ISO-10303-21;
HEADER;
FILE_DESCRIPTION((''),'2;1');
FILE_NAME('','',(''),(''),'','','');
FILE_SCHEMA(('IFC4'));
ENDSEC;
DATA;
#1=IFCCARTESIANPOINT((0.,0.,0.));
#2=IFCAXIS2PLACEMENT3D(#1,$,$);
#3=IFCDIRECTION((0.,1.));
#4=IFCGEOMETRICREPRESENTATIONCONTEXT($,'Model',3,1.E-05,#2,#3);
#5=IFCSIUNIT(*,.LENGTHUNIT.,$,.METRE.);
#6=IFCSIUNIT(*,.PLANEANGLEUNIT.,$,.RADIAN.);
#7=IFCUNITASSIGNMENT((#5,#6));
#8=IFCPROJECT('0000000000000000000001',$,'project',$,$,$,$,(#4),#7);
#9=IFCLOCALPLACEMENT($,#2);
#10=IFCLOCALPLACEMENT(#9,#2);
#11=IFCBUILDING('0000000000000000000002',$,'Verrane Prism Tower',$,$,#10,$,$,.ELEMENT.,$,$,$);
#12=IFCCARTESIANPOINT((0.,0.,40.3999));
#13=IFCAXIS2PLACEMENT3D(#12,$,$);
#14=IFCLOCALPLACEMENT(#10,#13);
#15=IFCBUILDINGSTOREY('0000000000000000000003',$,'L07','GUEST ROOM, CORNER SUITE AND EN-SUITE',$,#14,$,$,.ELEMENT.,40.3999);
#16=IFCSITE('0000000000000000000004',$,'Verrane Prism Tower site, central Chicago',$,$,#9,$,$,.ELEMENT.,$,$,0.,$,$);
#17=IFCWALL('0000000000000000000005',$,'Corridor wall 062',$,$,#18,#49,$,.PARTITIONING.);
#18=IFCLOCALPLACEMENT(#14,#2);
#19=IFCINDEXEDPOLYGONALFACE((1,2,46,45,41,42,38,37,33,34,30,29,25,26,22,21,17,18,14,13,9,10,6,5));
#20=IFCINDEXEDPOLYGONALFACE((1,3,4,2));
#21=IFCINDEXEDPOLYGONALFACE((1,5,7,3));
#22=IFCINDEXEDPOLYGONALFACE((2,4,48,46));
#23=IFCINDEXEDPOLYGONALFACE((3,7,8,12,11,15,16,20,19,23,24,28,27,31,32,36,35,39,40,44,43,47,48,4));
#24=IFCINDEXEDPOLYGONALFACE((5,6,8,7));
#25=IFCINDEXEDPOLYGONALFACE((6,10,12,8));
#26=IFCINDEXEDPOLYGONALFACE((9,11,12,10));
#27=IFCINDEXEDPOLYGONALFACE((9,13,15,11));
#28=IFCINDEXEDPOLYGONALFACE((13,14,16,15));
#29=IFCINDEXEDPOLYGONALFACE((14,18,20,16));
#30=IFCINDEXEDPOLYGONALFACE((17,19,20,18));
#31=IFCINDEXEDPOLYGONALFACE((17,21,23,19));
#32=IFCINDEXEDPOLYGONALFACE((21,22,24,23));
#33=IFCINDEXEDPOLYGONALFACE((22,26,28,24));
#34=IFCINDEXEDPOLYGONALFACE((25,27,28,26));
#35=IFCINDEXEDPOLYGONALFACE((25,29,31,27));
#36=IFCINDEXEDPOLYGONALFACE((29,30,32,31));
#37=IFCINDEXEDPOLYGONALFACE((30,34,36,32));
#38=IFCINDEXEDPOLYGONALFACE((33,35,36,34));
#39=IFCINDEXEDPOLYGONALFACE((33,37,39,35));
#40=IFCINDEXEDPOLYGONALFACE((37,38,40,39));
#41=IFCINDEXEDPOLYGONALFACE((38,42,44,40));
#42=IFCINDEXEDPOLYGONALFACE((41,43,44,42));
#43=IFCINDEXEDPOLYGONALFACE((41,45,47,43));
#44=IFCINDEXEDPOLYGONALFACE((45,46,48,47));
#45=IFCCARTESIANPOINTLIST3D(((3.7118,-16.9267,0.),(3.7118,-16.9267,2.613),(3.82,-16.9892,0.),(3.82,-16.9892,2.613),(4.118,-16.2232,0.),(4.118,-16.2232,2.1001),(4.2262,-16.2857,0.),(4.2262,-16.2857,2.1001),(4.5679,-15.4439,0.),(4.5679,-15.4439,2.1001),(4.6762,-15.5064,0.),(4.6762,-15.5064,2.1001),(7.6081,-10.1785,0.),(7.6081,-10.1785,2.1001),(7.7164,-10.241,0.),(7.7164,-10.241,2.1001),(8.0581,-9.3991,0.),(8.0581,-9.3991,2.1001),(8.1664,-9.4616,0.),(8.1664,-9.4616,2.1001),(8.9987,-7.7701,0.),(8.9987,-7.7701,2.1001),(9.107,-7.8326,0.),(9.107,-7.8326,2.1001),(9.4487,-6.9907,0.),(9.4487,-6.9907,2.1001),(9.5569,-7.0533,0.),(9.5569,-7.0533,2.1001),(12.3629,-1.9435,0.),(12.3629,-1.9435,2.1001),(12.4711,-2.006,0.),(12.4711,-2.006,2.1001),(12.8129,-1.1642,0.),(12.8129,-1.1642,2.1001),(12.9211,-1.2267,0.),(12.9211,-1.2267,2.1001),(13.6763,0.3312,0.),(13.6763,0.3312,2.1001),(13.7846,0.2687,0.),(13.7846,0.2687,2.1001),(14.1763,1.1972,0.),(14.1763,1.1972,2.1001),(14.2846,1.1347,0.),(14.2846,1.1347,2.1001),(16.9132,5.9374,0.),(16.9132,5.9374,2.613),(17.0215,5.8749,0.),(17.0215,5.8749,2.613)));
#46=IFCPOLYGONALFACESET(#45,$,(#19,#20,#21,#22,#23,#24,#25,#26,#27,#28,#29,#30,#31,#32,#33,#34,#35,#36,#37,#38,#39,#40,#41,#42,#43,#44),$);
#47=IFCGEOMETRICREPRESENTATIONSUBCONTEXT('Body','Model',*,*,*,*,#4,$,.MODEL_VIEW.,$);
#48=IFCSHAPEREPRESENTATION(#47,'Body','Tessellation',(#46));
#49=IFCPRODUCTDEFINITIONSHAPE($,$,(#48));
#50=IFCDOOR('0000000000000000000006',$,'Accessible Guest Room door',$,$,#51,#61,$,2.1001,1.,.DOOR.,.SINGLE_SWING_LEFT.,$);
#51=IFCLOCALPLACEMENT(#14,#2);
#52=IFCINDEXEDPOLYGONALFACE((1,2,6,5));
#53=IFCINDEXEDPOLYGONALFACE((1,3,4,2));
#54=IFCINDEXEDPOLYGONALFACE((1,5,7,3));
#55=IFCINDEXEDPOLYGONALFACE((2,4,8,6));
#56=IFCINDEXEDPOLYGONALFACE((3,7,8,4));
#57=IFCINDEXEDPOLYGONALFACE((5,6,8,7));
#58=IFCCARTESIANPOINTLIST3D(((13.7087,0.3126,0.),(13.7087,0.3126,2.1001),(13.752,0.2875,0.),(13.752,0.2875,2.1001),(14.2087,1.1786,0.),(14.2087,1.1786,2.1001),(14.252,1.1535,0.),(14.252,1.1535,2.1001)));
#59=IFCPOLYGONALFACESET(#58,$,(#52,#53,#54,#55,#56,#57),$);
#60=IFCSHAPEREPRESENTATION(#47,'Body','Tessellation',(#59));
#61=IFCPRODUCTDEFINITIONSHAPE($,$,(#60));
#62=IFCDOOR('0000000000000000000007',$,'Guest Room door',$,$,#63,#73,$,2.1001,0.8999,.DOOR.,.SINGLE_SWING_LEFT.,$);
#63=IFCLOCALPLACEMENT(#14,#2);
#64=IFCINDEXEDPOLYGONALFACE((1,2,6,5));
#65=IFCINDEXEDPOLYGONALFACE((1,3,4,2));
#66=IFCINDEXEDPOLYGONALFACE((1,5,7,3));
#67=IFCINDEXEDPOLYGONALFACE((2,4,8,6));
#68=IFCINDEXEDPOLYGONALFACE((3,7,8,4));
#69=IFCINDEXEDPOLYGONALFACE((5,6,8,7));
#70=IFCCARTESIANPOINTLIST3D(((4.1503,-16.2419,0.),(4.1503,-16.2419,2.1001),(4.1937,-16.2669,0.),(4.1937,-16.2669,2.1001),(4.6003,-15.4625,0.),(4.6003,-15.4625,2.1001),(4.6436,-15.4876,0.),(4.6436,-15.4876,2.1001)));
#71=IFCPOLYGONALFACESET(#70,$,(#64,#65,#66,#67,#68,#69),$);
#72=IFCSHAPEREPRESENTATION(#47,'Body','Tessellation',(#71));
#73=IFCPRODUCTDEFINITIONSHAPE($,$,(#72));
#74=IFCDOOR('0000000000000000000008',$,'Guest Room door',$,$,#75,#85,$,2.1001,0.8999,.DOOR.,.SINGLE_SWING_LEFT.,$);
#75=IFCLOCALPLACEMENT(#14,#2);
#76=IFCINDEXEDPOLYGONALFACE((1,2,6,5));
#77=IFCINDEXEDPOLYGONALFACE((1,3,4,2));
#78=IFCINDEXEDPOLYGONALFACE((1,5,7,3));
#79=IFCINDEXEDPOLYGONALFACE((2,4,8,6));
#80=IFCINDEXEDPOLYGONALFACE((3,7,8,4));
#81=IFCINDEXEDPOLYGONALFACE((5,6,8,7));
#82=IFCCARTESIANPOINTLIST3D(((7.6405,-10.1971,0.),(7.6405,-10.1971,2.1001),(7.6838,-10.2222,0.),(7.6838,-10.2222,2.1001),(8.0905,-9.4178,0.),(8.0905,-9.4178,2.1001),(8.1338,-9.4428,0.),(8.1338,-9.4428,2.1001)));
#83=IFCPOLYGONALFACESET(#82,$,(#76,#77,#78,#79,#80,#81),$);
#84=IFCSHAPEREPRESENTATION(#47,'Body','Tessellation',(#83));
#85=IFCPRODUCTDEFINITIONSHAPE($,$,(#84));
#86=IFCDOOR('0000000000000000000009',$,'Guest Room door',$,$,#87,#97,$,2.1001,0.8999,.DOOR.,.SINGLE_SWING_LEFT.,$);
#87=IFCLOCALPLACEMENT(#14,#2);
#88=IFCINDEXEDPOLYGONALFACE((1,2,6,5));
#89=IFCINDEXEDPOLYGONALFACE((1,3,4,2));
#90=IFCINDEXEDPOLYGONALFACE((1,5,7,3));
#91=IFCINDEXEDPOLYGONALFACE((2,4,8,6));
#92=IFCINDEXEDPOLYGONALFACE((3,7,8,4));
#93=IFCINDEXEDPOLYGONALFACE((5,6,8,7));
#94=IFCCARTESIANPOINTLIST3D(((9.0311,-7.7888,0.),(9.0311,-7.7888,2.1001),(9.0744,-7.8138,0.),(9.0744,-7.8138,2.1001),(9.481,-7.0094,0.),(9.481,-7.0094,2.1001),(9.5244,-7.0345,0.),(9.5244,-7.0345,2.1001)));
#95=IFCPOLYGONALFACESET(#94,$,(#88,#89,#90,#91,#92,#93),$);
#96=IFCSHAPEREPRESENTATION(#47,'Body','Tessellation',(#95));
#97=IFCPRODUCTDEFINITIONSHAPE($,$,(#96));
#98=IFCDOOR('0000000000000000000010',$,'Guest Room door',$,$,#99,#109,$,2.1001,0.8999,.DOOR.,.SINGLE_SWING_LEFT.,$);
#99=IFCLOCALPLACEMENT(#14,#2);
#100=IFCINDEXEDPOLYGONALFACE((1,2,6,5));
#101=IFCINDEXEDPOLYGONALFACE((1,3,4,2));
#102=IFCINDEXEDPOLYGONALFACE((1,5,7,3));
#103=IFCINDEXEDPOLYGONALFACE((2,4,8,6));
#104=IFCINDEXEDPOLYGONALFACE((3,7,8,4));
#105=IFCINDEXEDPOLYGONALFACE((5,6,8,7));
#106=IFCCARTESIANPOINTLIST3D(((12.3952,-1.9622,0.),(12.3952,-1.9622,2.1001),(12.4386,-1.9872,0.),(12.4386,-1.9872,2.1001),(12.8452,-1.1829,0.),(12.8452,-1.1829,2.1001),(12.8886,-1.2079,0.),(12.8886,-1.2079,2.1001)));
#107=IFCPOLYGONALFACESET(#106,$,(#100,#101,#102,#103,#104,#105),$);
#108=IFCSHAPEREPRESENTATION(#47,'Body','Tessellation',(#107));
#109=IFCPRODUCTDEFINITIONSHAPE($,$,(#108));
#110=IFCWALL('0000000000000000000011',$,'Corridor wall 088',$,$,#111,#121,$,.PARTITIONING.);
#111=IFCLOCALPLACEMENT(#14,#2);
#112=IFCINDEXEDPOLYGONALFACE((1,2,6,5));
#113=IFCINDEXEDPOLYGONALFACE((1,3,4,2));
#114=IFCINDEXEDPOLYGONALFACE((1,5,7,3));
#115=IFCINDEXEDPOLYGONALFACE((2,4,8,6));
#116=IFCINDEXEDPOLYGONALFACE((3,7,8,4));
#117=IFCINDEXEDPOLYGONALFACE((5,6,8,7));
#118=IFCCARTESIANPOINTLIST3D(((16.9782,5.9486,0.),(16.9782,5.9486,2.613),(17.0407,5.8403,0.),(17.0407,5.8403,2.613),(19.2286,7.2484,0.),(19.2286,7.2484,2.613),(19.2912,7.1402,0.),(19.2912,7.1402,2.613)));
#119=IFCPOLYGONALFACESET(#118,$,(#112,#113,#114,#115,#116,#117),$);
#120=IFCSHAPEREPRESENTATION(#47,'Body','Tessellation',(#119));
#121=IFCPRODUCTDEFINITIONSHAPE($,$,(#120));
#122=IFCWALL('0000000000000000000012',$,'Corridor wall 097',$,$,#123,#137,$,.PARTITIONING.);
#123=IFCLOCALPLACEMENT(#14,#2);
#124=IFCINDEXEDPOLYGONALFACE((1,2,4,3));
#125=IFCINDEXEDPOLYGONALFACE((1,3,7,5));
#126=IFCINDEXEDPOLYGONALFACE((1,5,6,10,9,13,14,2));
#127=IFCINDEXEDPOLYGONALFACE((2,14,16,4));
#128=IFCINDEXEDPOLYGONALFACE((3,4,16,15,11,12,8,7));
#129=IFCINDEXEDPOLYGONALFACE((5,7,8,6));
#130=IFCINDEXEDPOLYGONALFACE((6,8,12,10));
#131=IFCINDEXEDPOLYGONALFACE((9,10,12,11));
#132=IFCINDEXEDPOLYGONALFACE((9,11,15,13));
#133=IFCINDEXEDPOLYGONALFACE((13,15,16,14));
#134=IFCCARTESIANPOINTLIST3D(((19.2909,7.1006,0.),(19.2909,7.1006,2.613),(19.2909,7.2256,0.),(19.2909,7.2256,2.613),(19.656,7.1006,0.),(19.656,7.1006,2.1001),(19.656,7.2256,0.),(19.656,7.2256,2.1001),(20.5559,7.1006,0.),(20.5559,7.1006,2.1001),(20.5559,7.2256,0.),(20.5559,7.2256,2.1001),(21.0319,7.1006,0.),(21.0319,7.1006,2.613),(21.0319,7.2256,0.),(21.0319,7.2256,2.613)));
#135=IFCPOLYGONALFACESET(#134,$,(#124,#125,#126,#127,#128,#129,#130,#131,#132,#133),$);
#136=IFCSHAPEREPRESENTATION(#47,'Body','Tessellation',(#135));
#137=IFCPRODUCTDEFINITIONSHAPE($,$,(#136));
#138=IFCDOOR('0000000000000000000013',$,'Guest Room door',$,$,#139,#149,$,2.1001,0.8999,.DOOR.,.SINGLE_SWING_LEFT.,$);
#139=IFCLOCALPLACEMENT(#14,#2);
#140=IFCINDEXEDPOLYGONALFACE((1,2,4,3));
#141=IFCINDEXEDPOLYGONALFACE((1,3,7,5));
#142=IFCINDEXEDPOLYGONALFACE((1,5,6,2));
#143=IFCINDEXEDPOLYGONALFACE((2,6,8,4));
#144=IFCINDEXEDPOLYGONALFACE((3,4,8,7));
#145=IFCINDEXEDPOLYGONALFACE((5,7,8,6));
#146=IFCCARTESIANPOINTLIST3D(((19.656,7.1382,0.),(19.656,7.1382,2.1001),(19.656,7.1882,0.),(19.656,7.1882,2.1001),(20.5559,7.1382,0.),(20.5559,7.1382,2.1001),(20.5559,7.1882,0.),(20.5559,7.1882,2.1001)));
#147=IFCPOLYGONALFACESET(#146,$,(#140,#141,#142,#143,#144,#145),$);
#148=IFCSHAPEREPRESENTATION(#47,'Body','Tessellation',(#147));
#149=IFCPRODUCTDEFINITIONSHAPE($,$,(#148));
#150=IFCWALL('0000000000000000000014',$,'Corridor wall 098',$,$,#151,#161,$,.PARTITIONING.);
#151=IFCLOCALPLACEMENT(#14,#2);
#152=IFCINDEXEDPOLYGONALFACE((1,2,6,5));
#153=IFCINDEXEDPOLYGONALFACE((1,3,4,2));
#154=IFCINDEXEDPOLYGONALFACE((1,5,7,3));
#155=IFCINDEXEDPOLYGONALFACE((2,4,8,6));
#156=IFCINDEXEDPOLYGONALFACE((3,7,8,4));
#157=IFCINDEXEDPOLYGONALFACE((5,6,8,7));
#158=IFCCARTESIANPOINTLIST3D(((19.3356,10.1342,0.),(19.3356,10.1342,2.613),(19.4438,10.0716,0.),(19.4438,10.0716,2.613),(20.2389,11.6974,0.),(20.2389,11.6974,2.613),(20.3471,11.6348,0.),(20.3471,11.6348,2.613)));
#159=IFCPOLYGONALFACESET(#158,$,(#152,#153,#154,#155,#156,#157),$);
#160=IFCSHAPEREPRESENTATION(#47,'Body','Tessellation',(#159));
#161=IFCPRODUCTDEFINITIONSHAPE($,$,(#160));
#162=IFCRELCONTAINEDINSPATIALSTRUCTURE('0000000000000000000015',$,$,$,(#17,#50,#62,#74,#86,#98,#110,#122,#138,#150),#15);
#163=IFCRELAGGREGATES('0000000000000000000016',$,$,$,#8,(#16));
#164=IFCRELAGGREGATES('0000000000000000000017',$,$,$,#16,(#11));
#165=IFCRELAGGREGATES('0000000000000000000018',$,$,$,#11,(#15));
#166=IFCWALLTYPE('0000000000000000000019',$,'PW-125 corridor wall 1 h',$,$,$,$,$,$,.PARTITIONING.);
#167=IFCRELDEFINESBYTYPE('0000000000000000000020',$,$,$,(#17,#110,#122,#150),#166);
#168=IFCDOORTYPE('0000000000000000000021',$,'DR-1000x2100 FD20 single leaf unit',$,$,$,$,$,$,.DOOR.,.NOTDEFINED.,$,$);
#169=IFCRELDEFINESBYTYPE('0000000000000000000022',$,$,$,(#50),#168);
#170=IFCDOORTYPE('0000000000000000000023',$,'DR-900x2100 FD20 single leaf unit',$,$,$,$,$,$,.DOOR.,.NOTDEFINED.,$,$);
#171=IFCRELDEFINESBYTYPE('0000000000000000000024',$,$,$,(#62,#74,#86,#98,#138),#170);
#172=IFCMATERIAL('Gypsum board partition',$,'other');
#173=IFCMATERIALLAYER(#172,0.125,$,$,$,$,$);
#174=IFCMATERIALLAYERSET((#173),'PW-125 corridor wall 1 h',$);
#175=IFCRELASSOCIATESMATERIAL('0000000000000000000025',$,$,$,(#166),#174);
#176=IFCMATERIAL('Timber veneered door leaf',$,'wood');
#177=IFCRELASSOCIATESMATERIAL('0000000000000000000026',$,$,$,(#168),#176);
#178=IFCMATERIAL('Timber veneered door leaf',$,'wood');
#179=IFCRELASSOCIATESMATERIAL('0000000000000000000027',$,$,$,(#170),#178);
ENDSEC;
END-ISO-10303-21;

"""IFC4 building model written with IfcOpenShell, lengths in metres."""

from ifc_helpers import new_model, si_unit, direction, frame, frame_2d, origin, place, context, subcontext, project, spatial, rectangle, extrude, material, layer, layer_set, type_object, element, fill, save


model = new_model("IFC4")

# Units and contexts
model_context = context("Model", 3, precision=1e-05, world=origin(), true_north=direction((0.0, 1.0)))
body_context = subcontext(model_context, "Body", "Model", "MODEL_VIEW")
ifc_project = project(units=[si_unit("LENGTHUNIT", "METRE"), si_unit("PLANEANGLEUNIT", "RADIAN")], contexts=[model_context])

# Site, building, storey
site_placement = place(None, origin())
site = spatial("IfcSite", under=ifc_project, at=site_placement, Name="Verrane Prism Tower site, central Chicago", CompositionType="ELEMENT", RefElevation=0.0)
building_placement = place(site_placement, origin())
building = spatial("IfcBuilding", under=site, at=building_placement, Name="Verrane Prism Tower", CompositionType="ELEMENT")
storey_placement = place(building_placement, frame((0.0, 0.0, 40.3999)))
storey = spatial("IfcBuildingStorey", under=building, at=storey_placement, Name="L07", Description="GUEST ROOM, CORNER SUITE AND EN-SUITE", CompositionType="ELEMENT", Elevation=40.3999)

# Wall, openings, doors
ifc_material_1 = material(Name="Gypsum board partition", Category="other")
ifc_layer_1 = layer(ifc_material_1, 0.125)
ifc_layer_set_1 = layer_set([ifc_layer_1], Name="PW-125 corridor wall 1 h")
wall_type_1 = type_object("IfcWallType", Name="PW-125 corridor wall 1 h", PredefinedType="PARTITIONING", material=ifc_layer_set_1)
wall_1_placement = place(storey_placement, frame((16.9673, 5.906, 0.0), z_axis=(0.0, 0.0, 1.0), x_axis=(-0.500025, -0.866011, 0.0)))
wall_1 = element("IfcWall", 1, at=wall_1_placement, inside=storey, type_object=wall_type_1, Name="Corridor wall 062", PredefinedType="PARTITIONING", context=body_context, shape_type="SweptSolid", body=[
    extrude(rectangle(XDim=26.4016, YDim=0.125, at=frame_2d((13.2007, 0.0))), origin(), (0.0, 0.0, 1.0), 2.613),
])
opening_1_placement = place(wall_1_placement, frame((24.6892, 0.0, 0.0)))
opening_1 = element("IfcOpeningElement", 2, at=opening_1_placement, cuts=wall_1, PredefinedType="OPENING", context=body_context, shape_type="SweptSolid", body=[
    extrude(rectangle(XDim=0.8999, YDim=2.1001, at=frame_2d((0.45, 1.05))), frame((0.0, 0.0725, 0.0), z_axis=(0.0, -1.0, 0.0), x_axis=(1.0, 0.0, 0.0)), (0.0, 0.0, 1.0), 0.145),
])
opening_2_placement = place(wall_1_placement, frame((17.7092, 0.0, 0.0)))
opening_2 = element("IfcOpeningElement", 3, at=opening_2_placement, cuts=wall_1, PredefinedType="OPENING", context=body_context, shape_type="SweptSolid", body=[
    extrude(rectangle(XDim=0.8999, YDim=2.1001, at=frame_2d((0.45, 1.05))), frame((0.0, 0.0725, 0.0), z_axis=(0.0, -1.0, 0.0), x_axis=(1.0, 0.0, 0.0)), (0.0, 0.0, 1.0), 0.145),
])
opening_3_placement = place(wall_1_placement, frame((14.9282, 0.0, 0.0)))
opening_3 = element("IfcOpeningElement", 4, at=opening_3_placement, cuts=wall_1, PredefinedType="OPENING", context=body_context, shape_type="SweptSolid", body=[
    extrude(rectangle(XDim=0.8999, YDim=2.1001, at=frame_2d((0.45, 1.05))), frame((0.0, 0.0725, 0.0), z_axis=(0.0, -1.0, 0.0), x_axis=(1.0, 0.0, 0.0)), (0.0, 0.0, 1.0), 0.145),
])
opening_4_placement = place(wall_1_placement, frame((8.2002, 0.0, 0.0)))
opening_4 = element("IfcOpeningElement", 5, at=opening_4_placement, cuts=wall_1, PredefinedType="OPENING", context=body_context, shape_type="SweptSolid", body=[
    extrude(rectangle(XDim=0.8999, YDim=2.1001, at=frame_2d((0.45, 1.05))), frame((0.0, 0.0725, 0.0), z_axis=(0.0, -1.0, 0.0), x_axis=(1.0, 0.0, 0.0)), (0.0, 0.0, 1.0), 0.145),
])
opening_5_placement = place(wall_1_placement, frame((5.4734, 0.0, 0.0)))
opening_5 = element("IfcOpeningElement", 6, at=opening_5_placement, cuts=wall_1, PredefinedType="OPENING", context=body_context, shape_type="SweptSolid", body=[
    extrude(rectangle(XDim=1.0, YDim=2.1001, at=frame_2d((0.5, 1.05))), frame((0.0, 0.0725, 0.0), z_axis=(0.0, -1.0, 0.0), x_axis=(1.0, 0.0, 0.0)), (0.0, 0.0, 1.0), 0.145),
])
ifc_material_2 = material(Name="Timber veneered door leaf", Category="wood")
door_type_1 = type_object("IfcDoorType", Name="DR-1000x2100 FD20 single leaf unit", OperationType="NOTDEFINED", PredefinedType="DOOR", material=ifc_material_2)
door_1_placement = place(opening_5_placement, origin())
door_1 = element("IfcDoor", 7, at=door_1_placement, inside=storey, type_object=door_type_1, Name="Accessible Guest Room door", OperationType="SINGLE_SWING_LEFT", OverallHeight=2.1001, OverallWidth=1.0, PredefinedType="DOOR", context=body_context, shape_type="SweptSolid", body=[
    extrude(rectangle(XDim=1.0, YDim=2.1001, at=frame_2d((0.5, 1.05))), frame((0.0, 0.0249, 0.0), z_axis=(0.0, -1.0, 0.0), x_axis=(1.0, 0.0, 0.0)), (0.0, 0.0, 1.0), 0.05),
])
fill(opening_5, door_1)
ifc_material_3 = material(Name="Timber veneered door leaf", Category="wood")
door_type_2 = type_object("IfcDoorType", Name="DR-900x2100 FD20 single leaf unit", OperationType="NOTDEFINED", PredefinedType="DOOR", material=ifc_material_3)
door_2_placement = place(opening_1_placement, origin())
door_2 = element("IfcDoor", 8, at=door_2_placement, inside=storey, type_object=door_type_2, Name="Guest Room door", OperationType="SINGLE_SWING_LEFT", OverallHeight=2.1001, OverallWidth=0.8999, PredefinedType="DOOR", context=body_context, shape_type="SweptSolid", body=[
    extrude(rectangle(XDim=0.8999, YDim=2.1001, at=frame_2d((0.45, 1.05))), frame((0.0, 0.0249, 0.0), z_axis=(0.0, -1.0, 0.0), x_axis=(1.0, 0.0, 0.0)), (0.0, 0.0, 1.0), 0.05),
])
fill(opening_1, door_2)
door_3_placement = place(opening_2_placement, origin())
door_3 = element("IfcDoor", 9, at=door_3_placement, inside=storey, type_object=door_type_2, Name="Guest Room door", OperationType="SINGLE_SWING_LEFT", OverallHeight=2.1001, OverallWidth=0.8999, PredefinedType="DOOR", context=body_context, shape_type="SweptSolid", body=[
    extrude(rectangle(XDim=0.8999, YDim=2.1001, at=frame_2d((0.45, 1.05))), frame((0.0, 0.0249, 0.0), z_axis=(0.0, -1.0, 0.0), x_axis=(1.0, 0.0, 0.0)), (0.0, 0.0, 1.0), 0.05),
])
fill(opening_2, door_3)
door_4_placement = place(opening_3_placement, origin())
door_4 = element("IfcDoor", 10, at=door_4_placement, inside=storey, type_object=door_type_2, Name="Guest Room door", OperationType="SINGLE_SWING_LEFT", OverallHeight=2.1001, OverallWidth=0.8999, PredefinedType="DOOR", context=body_context, shape_type="SweptSolid", body=[
    extrude(rectangle(XDim=0.8999, YDim=2.1001, at=frame_2d((0.45, 1.05))), frame((0.0, 0.0249, 0.0), z_axis=(0.0, -1.0, 0.0), x_axis=(1.0, 0.0, 0.0)), (0.0, 0.0, 1.0), 0.05),
])
fill(opening_3, door_4)
door_5_placement = place(opening_4_placement, origin())
door_5 = element("IfcDoor", 11, at=door_5_placement, inside=storey, type_object=door_type_2, Name="Guest Room door", OperationType="SINGLE_SWING_LEFT", OverallHeight=2.1001, OverallWidth=0.8999, PredefinedType="DOOR", context=body_context, shape_type="SweptSolid", body=[
    extrude(rectangle(XDim=0.8999, YDim=2.1001, at=frame_2d((0.45, 1.05))), frame((0.0, 0.0249, 0.0), z_axis=(0.0, -1.0, 0.0), x_axis=(1.0, 0.0, 0.0)), (0.0, 0.0, 1.0), 0.05),
])
fill(opening_4, door_5)

# Wall
wall_2_placement = place(storey_placement, frame((17.0095, 5.8945, 0.0), z_axis=(0.0, 0.0, 1.0), x_axis=(0.865945, 0.50014, 0.0)))
element("IfcWall", 12, at=wall_2_placement, inside=storey, type_object=wall_type_1, Name="Corridor wall 088", PredefinedType="PARTITIONING", context=body_context, shape_type="SweptSolid", body=[
    extrude(rectangle(XDim=2.5989, YDim=0.125, at=frame_2d((1.2993, 0.0))), origin(), (0.0, 0.0, 1.0), 2.613),
])

# Wall, opening, door
wall_3_placement = place(storey_placement, frame((21.032, 7.1631, 0.0), z_axis=(0.0, 0.0, 1.0), x_axis=(-1.0, 0.0, 0.0)))
wall_3 = element("IfcWall", 13, at=wall_3_placement, inside=storey, type_object=wall_type_1, Name="Corridor wall 097", PredefinedType="PARTITIONING", context=body_context, shape_type="SweptSolid", body=[
    extrude(rectangle(XDim=1.741, YDim=0.125, at=frame_2d((0.8706, 0.0))), origin(), (0.0, 0.0, 1.0), 2.613),
])
opening_6_placement = place(wall_3_placement, frame((0.4761, 0.0, 0.0)))
opening_6 = element("IfcOpeningElement", 14, at=opening_6_placement, cuts=wall_3, PredefinedType="OPENING", context=body_context, shape_type="SweptSolid", body=[
    extrude(rectangle(XDim=0.8999, YDim=2.1001, at=frame_2d((0.45, 1.05))), frame((0.0, 0.0725, 0.0), z_axis=(0.0, -1.0, 0.0), x_axis=(1.0, 0.0, 0.0)), (0.0, 0.0, 1.0), 0.145),
])
door_6_placement = place(opening_6_placement, origin())
door_6 = element("IfcDoor", 15, at=door_6_placement, inside=storey, type_object=door_type_2, Name="Guest Room door", OperationType="SINGLE_SWING_LEFT", OverallHeight=2.1001, OverallWidth=0.8999, PredefinedType="DOOR", context=body_context, shape_type="SweptSolid", body=[
    extrude(rectangle(XDim=0.8999, YDim=2.1001, at=frame_2d((0.45, 1.05))), frame((0.0, 0.0249, 0.0), z_axis=(0.0, -1.0, 0.0), x_axis=(1.0, 0.0, 0.0)), (0.0, 0.0, 1.0), 0.05),
])
fill(opening_6, door_6)

# Wall
wall_4_placement = place(storey_placement, frame((19.3896, 10.1028, 0.0), z_axis=(0.0, 0.0, 1.0), x_axis=(0.500327, 0.865836, 0.0)))
element("IfcWall", 16, at=wall_4_placement, inside=storey, type_object=wall_type_1, Name="Corridor wall 098", PredefinedType="PARTITIONING", context=body_context, shape_type="SweptSolid", body=[
    extrude(rectangle(XDim=1.8054, YDim=0.125, at=frame_2d((0.9028, 0.0))), origin(), (0.0, 0.0, 1.0), 2.613),
])

save(model, "model.ifc")
